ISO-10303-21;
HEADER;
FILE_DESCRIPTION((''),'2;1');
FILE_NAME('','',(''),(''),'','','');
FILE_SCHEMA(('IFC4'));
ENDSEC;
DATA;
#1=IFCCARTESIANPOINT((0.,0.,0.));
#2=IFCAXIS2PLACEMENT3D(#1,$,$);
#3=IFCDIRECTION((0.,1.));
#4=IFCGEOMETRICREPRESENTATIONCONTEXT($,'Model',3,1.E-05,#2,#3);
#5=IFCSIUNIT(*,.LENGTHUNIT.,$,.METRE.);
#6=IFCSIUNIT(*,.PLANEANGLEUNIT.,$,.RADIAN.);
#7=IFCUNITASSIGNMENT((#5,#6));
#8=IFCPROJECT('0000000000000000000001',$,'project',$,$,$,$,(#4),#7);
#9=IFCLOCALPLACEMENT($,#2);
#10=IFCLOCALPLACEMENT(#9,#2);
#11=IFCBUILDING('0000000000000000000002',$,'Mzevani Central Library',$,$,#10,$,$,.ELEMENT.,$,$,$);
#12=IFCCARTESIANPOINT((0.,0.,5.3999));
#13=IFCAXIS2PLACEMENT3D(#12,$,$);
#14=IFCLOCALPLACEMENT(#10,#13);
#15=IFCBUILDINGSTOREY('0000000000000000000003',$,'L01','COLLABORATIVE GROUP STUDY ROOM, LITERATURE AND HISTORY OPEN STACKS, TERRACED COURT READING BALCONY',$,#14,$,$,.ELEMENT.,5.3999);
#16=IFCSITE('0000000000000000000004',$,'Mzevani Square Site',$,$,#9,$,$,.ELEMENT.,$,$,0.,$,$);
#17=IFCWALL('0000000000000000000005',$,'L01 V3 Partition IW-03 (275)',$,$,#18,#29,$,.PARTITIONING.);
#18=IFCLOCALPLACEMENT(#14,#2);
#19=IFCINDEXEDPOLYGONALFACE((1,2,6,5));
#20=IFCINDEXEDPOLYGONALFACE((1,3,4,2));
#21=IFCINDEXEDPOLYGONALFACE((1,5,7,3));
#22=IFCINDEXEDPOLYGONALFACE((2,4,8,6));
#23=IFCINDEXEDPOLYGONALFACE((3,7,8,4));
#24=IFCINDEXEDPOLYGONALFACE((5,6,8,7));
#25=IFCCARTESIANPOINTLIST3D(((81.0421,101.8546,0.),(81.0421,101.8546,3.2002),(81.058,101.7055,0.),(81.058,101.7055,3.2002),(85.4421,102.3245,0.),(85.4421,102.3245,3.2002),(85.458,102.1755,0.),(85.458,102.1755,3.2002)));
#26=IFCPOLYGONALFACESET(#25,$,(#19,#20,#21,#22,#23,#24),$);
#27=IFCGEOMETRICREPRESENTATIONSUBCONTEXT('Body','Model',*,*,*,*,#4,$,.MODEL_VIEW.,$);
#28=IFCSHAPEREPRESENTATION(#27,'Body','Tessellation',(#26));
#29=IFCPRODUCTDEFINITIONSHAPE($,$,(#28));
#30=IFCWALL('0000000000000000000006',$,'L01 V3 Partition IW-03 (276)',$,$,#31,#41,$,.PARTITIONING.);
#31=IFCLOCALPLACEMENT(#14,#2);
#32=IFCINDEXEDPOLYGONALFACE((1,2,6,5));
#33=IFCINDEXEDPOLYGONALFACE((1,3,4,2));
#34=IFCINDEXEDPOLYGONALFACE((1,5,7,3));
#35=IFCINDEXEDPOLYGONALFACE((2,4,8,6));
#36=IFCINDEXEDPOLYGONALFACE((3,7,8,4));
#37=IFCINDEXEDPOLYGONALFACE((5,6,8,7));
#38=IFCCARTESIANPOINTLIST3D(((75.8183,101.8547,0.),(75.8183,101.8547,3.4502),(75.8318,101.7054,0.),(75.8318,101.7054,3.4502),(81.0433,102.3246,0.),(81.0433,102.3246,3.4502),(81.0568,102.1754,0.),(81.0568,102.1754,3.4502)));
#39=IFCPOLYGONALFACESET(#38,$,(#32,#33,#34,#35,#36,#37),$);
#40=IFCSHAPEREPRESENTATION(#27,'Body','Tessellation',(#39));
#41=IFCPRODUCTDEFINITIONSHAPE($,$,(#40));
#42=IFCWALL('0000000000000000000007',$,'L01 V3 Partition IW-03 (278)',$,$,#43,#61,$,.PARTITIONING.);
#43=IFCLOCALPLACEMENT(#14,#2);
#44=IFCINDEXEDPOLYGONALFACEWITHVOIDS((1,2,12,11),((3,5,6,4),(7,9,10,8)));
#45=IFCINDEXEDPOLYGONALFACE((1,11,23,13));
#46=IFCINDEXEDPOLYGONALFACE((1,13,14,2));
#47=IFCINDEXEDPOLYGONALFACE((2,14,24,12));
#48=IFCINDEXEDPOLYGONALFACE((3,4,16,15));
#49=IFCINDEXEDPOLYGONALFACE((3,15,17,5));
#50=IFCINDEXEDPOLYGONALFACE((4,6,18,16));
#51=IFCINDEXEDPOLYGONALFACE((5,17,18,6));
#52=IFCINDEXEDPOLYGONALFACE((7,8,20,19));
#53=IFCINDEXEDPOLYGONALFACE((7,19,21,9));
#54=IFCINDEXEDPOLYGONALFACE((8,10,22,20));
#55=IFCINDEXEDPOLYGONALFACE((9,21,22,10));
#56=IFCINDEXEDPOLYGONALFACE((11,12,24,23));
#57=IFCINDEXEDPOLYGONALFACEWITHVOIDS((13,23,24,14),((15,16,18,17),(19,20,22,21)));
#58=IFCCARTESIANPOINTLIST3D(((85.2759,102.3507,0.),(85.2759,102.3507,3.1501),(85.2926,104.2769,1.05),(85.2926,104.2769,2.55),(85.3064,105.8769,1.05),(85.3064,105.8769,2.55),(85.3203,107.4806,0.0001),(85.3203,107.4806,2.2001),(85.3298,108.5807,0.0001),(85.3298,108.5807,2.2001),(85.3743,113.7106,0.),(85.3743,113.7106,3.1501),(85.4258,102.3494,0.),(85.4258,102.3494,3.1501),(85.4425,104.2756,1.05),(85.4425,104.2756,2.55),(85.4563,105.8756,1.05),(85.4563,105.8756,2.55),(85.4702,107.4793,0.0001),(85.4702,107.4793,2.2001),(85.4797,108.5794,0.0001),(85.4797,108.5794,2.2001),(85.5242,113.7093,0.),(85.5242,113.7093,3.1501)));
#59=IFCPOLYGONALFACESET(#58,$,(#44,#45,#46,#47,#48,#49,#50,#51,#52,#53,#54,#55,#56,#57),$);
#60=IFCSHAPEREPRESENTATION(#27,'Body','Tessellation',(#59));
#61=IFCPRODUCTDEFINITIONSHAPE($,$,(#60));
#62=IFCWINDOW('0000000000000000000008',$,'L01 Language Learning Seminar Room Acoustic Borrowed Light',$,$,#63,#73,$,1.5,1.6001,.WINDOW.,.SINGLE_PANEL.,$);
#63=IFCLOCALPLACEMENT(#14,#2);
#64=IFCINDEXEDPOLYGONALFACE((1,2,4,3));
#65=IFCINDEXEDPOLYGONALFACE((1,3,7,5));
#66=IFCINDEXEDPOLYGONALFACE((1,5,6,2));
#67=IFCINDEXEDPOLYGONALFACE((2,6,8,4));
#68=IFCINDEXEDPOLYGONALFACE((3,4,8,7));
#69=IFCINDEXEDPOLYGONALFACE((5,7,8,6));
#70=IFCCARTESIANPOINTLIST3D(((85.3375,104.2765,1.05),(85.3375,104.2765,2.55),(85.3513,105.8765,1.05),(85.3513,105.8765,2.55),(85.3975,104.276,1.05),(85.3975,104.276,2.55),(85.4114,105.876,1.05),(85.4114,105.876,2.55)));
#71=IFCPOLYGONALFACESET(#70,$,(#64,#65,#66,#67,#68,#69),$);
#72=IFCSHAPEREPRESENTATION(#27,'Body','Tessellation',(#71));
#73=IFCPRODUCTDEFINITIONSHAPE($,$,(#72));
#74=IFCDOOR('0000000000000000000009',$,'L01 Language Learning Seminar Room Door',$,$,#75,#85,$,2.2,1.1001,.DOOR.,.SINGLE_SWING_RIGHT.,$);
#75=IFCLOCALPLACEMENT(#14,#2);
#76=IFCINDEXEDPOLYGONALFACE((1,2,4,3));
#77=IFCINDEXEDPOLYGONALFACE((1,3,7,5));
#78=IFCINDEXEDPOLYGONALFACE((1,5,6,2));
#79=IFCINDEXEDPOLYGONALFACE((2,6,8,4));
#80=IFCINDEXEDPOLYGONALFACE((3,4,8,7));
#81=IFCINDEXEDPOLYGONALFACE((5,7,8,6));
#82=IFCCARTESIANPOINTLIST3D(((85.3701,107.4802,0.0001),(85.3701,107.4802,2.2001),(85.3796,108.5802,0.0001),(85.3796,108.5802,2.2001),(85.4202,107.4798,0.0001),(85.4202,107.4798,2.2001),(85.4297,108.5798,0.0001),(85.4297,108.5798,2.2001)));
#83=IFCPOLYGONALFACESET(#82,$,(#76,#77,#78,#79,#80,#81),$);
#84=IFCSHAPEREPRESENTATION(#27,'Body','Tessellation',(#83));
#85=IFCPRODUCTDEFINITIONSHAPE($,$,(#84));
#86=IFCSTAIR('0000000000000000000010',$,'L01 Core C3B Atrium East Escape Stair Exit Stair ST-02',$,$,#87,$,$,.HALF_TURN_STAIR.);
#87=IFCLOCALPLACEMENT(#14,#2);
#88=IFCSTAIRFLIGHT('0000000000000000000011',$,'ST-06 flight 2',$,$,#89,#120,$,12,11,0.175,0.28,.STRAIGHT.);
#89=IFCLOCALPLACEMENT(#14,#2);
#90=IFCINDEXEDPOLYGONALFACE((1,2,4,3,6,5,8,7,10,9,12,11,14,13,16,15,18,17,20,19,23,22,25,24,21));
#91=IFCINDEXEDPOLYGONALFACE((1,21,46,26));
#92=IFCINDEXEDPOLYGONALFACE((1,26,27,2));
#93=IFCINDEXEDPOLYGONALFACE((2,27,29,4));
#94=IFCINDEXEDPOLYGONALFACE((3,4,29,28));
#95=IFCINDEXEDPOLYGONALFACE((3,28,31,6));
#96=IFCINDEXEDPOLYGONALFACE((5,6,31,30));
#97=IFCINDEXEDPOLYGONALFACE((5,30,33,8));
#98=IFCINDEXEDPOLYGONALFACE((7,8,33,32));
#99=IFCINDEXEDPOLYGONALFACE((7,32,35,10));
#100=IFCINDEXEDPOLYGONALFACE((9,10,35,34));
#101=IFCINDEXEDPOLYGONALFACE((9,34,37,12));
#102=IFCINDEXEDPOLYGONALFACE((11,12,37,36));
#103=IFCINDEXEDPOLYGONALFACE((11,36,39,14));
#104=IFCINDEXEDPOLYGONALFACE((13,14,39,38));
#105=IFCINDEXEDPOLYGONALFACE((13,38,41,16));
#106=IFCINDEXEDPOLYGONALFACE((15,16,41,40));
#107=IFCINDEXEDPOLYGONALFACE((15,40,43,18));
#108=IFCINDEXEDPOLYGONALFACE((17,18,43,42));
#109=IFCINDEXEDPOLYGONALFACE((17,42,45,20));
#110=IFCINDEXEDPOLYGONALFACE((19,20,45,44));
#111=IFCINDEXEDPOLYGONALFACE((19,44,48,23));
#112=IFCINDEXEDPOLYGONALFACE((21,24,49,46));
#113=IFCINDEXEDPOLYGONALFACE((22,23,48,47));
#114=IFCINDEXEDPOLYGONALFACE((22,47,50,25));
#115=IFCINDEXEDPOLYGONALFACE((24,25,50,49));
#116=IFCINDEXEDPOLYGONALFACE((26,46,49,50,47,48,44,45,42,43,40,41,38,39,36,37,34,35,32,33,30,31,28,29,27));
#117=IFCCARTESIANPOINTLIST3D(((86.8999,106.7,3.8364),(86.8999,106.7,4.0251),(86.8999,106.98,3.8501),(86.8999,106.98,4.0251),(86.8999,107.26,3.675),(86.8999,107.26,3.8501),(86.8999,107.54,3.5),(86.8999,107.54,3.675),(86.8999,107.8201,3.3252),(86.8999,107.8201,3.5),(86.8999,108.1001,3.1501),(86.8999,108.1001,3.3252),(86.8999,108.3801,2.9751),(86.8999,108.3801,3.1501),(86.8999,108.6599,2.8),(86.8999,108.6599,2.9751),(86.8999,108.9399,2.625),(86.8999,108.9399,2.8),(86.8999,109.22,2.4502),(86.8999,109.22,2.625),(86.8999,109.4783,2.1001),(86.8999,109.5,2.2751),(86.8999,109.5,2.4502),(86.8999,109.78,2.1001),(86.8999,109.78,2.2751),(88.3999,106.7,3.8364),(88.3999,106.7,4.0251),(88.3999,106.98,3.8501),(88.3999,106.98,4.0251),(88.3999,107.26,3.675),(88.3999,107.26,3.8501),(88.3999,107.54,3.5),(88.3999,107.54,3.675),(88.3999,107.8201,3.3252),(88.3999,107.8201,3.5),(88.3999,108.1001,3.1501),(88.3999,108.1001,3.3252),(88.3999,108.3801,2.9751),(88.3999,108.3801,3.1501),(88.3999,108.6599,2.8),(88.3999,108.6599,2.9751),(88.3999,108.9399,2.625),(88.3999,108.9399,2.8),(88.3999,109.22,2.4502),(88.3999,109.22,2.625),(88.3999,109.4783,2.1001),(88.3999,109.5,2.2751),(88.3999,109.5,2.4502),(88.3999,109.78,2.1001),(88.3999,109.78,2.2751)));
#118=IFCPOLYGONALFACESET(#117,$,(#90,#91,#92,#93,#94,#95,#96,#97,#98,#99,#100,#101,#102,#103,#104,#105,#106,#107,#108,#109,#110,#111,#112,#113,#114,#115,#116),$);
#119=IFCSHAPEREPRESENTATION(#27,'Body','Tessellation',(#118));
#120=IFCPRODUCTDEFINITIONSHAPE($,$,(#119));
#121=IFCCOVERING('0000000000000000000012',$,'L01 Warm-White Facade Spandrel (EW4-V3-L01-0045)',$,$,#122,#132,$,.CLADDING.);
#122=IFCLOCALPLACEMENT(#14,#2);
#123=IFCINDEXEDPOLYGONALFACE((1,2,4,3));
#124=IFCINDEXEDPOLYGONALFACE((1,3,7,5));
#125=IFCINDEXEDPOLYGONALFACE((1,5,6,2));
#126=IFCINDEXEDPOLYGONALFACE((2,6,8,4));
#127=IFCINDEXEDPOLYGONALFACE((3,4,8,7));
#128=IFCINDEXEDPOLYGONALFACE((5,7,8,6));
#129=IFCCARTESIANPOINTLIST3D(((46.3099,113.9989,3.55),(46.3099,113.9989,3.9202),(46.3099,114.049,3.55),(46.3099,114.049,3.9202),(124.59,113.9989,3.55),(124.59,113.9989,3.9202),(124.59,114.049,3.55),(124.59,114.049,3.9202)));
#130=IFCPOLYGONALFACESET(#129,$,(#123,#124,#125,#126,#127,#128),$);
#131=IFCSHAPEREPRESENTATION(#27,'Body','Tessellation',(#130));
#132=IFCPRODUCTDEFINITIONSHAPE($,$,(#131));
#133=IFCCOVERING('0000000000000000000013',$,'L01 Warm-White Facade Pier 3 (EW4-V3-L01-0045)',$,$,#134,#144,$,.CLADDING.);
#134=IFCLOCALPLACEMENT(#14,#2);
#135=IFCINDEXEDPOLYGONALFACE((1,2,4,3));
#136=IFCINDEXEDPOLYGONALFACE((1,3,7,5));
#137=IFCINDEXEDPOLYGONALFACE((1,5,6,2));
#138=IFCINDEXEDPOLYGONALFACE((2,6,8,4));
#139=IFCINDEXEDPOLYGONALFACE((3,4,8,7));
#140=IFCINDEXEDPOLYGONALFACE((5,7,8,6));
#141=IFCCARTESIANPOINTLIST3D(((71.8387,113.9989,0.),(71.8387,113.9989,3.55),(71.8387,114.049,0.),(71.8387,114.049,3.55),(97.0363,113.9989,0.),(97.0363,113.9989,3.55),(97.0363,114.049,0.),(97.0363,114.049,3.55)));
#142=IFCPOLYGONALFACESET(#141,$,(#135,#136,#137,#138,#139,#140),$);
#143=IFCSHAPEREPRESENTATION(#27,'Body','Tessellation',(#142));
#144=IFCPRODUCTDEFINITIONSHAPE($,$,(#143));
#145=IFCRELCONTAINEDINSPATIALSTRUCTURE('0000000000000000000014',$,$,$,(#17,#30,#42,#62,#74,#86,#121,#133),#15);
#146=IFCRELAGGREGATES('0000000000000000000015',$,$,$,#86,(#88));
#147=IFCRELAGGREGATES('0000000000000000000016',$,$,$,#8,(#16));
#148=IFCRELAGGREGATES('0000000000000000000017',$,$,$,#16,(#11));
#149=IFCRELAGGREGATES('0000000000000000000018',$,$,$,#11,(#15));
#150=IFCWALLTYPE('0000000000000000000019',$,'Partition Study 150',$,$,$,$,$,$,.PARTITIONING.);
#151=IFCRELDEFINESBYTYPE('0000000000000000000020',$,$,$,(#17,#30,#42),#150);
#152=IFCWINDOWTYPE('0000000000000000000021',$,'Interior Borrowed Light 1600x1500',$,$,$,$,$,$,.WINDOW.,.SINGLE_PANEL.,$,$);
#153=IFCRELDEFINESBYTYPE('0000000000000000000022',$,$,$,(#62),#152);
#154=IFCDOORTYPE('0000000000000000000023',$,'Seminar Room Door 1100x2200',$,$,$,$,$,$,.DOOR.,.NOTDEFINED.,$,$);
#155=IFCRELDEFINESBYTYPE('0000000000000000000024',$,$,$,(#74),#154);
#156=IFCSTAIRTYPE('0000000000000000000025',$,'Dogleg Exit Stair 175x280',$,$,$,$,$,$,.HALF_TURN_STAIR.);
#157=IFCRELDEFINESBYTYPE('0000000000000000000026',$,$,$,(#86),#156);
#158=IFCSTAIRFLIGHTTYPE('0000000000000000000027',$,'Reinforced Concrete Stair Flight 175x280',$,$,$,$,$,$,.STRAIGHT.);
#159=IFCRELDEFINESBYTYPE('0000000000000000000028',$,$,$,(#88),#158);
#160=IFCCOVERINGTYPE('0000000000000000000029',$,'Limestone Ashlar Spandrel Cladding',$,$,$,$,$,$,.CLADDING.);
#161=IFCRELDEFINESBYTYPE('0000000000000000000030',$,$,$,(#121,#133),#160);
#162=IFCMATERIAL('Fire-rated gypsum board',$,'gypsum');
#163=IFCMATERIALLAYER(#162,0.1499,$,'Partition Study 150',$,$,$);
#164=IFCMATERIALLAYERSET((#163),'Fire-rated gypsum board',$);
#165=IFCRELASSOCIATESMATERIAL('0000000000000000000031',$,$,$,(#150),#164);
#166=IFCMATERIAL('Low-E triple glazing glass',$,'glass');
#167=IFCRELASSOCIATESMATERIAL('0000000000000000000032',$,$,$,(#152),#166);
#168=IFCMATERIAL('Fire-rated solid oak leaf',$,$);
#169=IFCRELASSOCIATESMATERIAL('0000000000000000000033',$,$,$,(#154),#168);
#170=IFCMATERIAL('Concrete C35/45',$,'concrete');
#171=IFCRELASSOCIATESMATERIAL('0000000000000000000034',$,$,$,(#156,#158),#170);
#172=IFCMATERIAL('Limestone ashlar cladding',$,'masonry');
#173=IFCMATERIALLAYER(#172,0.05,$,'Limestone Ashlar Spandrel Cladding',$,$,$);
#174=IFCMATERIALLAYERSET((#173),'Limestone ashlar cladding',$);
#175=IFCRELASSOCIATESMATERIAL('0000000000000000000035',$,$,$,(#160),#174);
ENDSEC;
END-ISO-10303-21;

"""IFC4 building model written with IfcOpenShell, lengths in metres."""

from ifc_helpers import new_model, si_unit, direction, frame, frame_2d, origin, origin_2d, place, context, subcontext, project, spatial, polyline, rectangle, outline, extrude, material, layer, layer_set, type_object, element, fill, aggregate, save


model = new_model("IFC4")

# Units and contexts
model_context = context("Model", 3, precision=1e-05, world=origin(), true_north=direction((0.0, 1.0)))
body_context = subcontext(model_context, "Body", "Model", "MODEL_VIEW")
ifc_project = project(units=[si_unit("LENGTHUNIT", "METRE"), si_unit("PLANEANGLEUNIT", "RADIAN")], contexts=[model_context])

# Site, building, storey
site_placement = place(None, origin())
site = spatial("IfcSite", under=ifc_project, at=site_placement, Name="Mzevani Square Site", CompositionType="ELEMENT", RefElevation=0.0)
building_placement = place(site_placement, origin())
building = spatial("IfcBuilding", under=site, at=building_placement, Name="Mzevani Central Library", CompositionType="ELEMENT")
storey_placement = place(building_placement, frame((0.0, 0.0, 5.3999)))
storey = spatial("IfcBuildingStorey", under=building, at=storey_placement, Name="L01", Description="COLLABORATIVE GROUP STUDY ROOM, LITERATURE AND HISTORY OPEN STACKS, TERRACED COURT READING BALCONY", CompositionType="ELEMENT", Elevation=5.3999)

# Shared definitions
ifc_material_1 = material(Name="Concrete C35/45", Category="concrete")

# Walls
ifc_material_2 = material(Name="Fire-rated gypsum board", Category="gypsum")
ifc_layer_1 = layer(ifc_material_2, 0.1499, Name="Partition Study 150")
ifc_layer_set_1 = layer_set([ifc_layer_1], Name="Fire-rated gypsum board")
wall_type_1 = type_object("IfcWallType", Name="Partition Study 150", PredefinedType="PARTITIONING", material=ifc_layer_set_1)
wall_1_placement = place(storey_placement, frame((85.45, 102.25, 0.0), z_axis=(0.0, 0.0, 1.0), x_axis=(-0.994344, -0.10621, 0.0)))
element("IfcWall", 1, at=wall_1_placement, inside=storey, type_object=wall_type_1, Name="L01 V3 Partition IW-03 (275)", PredefinedType="PARTITIONING", context=body_context, shape_type="SweptSolid", body=[
    extrude(rectangle(XDim=4.425, YDim=0.1499, at=frame_2d((2.2124, 0.0))), origin(), (0.0, 0.0, 1.0), 3.2002),
])
wall_2_placement = place(storey_placement, frame((81.05, 102.25, 0.0), z_axis=(0.0, 0.0, 1.0), x_axis=(-0.995979, -0.089583, 0.0)))
element("IfcWall", 2, at=wall_2_placement, inside=storey, type_object=wall_type_1, Name="L01 V3 Partition IW-03 (276)", PredefinedType="PARTITIONING", context=body_context, shape_type="SweptSolid", body=[
    extrude(rectangle(XDim=5.2461, YDim=0.1499, at=frame_2d((2.623, 0.0))), origin(), (0.0, 0.0, 1.0), 3.4502),
])

# Wall, openings, window, door
wall_3_placement = place(storey_placement, frame((85.4492, 113.71, 0.0), z_axis=(0.0, 0.0, 1.0), x_axis=(-0.008661, -0.999962, 0.0)))
wall_3 = element("IfcWall", 3, at=wall_3_placement, inside=storey, type_object=wall_type_1, Name="L01 V3 Partition IW-03 (278)", PredefinedType="PARTITIONING", context=body_context, shape_type="SweptSolid", body=[
    extrude(rectangle(XDim=11.3604, YDim=0.1499, at=frame_2d((5.6802, 0.0))), origin(), (0.0, 0.0, 1.0), 3.1501),
])
opening_1_placement = place(wall_3_placement, frame((5.1301, 0.0, 0.0)))
opening_1 = element("IfcOpeningElement", 4, at=opening_1_placement, cuts=wall_3, PredefinedType="OPENING", context=body_context, shape_type="SweptSolid", body=[
    extrude(rectangle(XDim=1.1001, YDim=2.2, at=frame_2d((0.55, 1.1001))), frame((0.0, 0.085, 0.0), z_axis=(0.0, -1.0, 0.0), x_axis=(1.0, 0.0, 0.0)), (0.0, 0.0, 1.0), 0.1699),
])
opening_2_placement = place(wall_3_placement, frame((7.834, 0.0, 1.05)))
opening_2 = element("IfcOpeningElement", 5, at=opening_2_placement, cuts=wall_3, PredefinedType="OPENING", context=body_context, shape_type="SweptSolid", body=[
    extrude(rectangle(XDim=1.6001, YDim=1.5, at=frame_2d((0.8, 0.75))), frame((0.0, 0.085, 0.0), z_axis=(0.0, -1.0, 0.0), x_axis=(1.0, 0.0, 0.0)), (0.0, 0.0, 1.0), 0.1699),
])
ifc_material_3 = material(Name="Low-E triple glazing glass", Category="glass")
window_type = type_object("IfcWindowType", Name="Interior Borrowed Light 1600x1500", PartitioningType="SINGLE_PANEL", PredefinedType="WINDOW", material=ifc_material_3)
window_placement = place(opening_2_placement, origin())
window = element("IfcWindow", 6, at=window_placement, inside=storey, type_object=window_type, Name="L01 Language Learning Seminar Room Acoustic Borrowed Light", OverallHeight=1.5, OverallWidth=1.6001, PartitioningType="SINGLE_PANEL", PredefinedType="WINDOW", context=body_context, shape_type="SweptSolid", body=[
    extrude(rectangle(XDim=1.6001, YDim=1.5, at=frame_2d((0.8, 0.75))), frame((0.0, 0.03, 0.0), z_axis=(0.0, -1.0, 0.0), x_axis=(1.0, 0.0, 0.0)), (0.0, 0.0, 1.0), 0.0601),
])
fill(opening_2, window)
ifc_material_4 = material(Name="Fire-rated solid oak leaf")
door_type_1 = type_object("IfcDoorType", Name="Seminar Room Door 1100x2200", OperationType="NOTDEFINED", PredefinedType="DOOR", material=ifc_material_4)
door_1_placement = place(opening_1_placement, origin())
door_1 = element("IfcDoor", 7, at=door_1_placement, inside=storey, type_object=door_type_1, Name="L01 Language Learning Seminar Room Door", OperationType="SINGLE_SWING_RIGHT", OverallHeight=2.2, OverallWidth=1.1001, PredefinedType="DOOR", context=body_context, shape_type="SweptSolid", body=[
    extrude(rectangle(XDim=1.1001, YDim=2.2, at=frame_2d((0.55, 1.1001))), frame((0.0, 0.0249, 0.0), z_axis=(0.0, -1.0, 0.0), x_axis=(1.0, 0.0, 0.0)), (0.0, 0.0, 1.0), 0.05),
])
fill(opening_1, door_1)

# Stair, stair flight
stair_type = type_object("IfcStairType", Name="Dogleg Exit Stair 175x280", PredefinedType="HALF_TURN_STAIR", material=ifc_material_1)
stair_placement = place(storey_placement, origin())
stair = element("IfcStair", 8, at=stair_placement, inside=storey, type_object=stair_type, Name="L01 Core C3B Atrium East Escape Stair Exit Stair ST-02", PredefinedType="HALF_TURN_STAIR")
stair_flight_type = type_object("IfcStairFlightType", Name="Reinforced Concrete Stair Flight 175x280", PredefinedType="STRAIGHT", material=ifc_material_1)
stair_flight_placement = place(storey_placement, frame((87.6499, 109.78, 2.1001), z_axis=(0.0, 0.0, 1.0), x_axis=(0.0, -1.0, 0.0)))
stair_flight = element("IfcStairFlight", 9, at=stair_flight_placement, type_object=stair_flight_type, Name="ST-06 flight 2", NumberOfRisers=12, NumberOfTreads=11, PredefinedType="STRAIGHT", RiserHeight=0.175, TreadLength=0.28, context=body_context, shape_type="SweptSolid", body=[
    extrude(outline(polyline([(0.0, 0.0), (0.0, 0.175), (0.28, 0.175), (0.28, 0.3501), (0.5601, 0.3501), (0.5601, 0.5249), (0.8401, 0.5249), (0.8401, 0.7), (1.1201, 0.7), (1.1201, 0.875), (1.3999, 0.875), (1.3999, 1.05), (1.6799, 1.05), (1.6799, 1.2251), (1.96, 1.2251), (1.96, 1.3999), (2.24, 1.3999), (2.24, 1.575), (2.52, 1.575), (2.52, 1.75), (2.8, 1.75), (2.8, 1.925), (3.0801, 1.925), (3.0801, 2.1001), (3.0801, 1.7363), (0.3018, 0.0), (0.0, 0.0)])), frame((0.0, 0.75, 0.0), z_axis=(0.0, -1.0, 0.0), x_axis=(1.0, 0.0, 0.0)), (0.0, 0.0, 1.0), 1.5),
])
aggregate(stair, [stair_flight])

# Coverings
ifc_material_5 = material(Name="Limestone ashlar cladding", Category="masonry")
ifc_layer_2 = layer(ifc_material_5, 0.05, Name="Limestone Ashlar Spandrel Cladding")
ifc_layer_set_2 = layer_set([ifc_layer_2], Name="Limestone ashlar cladding")
covering_type = type_object("IfcCoveringType", Name="Limestone Ashlar Spandrel Cladding", PredefinedType="CLADDING", material=ifc_layer_set_2)
covering_1_placement = place(storey_placement, frame((85.45, 114.0239, 3.55), z_axis=(0.0, 0.0, 1.0), x_axis=(1.0, 0.0, 0.0)))
element("IfcCovering", 10, at=covering_1_placement, inside=storey, type_object=covering_type, Name="L01 Warm-White Facade Spandrel (EW4-V3-L01-0045)", PredefinedType="CLADDING", context=body_context, shape_type="SweptSolid", body=[
    extrude(rectangle(XDim=78.28, YDim=0.05, at=origin_2d()), origin(), (0.0, 0.0, 1.0), 0.3701),
])
covering_2_placement = place(storey_placement, frame((84.4375, 114.0239, 0.0), z_axis=(0.0, 0.0, 1.0), x_axis=(1.0, 0.0, 0.0)))
element("IfcCovering", 11, at=covering_2_placement, inside=storey, type_object=covering_type, Name="L01 Warm-White Facade Pier 3 (EW4-V3-L01-0045)", PredefinedType="CLADDING", context=body_context, shape_type="SweptSolid", body=[
    extrude(rectangle(XDim=25.1975, YDim=0.05, at=origin_2d()), origin(), (0.0, 0.0, 1.0), 3.55),
])

save(model, "model.ifc")
